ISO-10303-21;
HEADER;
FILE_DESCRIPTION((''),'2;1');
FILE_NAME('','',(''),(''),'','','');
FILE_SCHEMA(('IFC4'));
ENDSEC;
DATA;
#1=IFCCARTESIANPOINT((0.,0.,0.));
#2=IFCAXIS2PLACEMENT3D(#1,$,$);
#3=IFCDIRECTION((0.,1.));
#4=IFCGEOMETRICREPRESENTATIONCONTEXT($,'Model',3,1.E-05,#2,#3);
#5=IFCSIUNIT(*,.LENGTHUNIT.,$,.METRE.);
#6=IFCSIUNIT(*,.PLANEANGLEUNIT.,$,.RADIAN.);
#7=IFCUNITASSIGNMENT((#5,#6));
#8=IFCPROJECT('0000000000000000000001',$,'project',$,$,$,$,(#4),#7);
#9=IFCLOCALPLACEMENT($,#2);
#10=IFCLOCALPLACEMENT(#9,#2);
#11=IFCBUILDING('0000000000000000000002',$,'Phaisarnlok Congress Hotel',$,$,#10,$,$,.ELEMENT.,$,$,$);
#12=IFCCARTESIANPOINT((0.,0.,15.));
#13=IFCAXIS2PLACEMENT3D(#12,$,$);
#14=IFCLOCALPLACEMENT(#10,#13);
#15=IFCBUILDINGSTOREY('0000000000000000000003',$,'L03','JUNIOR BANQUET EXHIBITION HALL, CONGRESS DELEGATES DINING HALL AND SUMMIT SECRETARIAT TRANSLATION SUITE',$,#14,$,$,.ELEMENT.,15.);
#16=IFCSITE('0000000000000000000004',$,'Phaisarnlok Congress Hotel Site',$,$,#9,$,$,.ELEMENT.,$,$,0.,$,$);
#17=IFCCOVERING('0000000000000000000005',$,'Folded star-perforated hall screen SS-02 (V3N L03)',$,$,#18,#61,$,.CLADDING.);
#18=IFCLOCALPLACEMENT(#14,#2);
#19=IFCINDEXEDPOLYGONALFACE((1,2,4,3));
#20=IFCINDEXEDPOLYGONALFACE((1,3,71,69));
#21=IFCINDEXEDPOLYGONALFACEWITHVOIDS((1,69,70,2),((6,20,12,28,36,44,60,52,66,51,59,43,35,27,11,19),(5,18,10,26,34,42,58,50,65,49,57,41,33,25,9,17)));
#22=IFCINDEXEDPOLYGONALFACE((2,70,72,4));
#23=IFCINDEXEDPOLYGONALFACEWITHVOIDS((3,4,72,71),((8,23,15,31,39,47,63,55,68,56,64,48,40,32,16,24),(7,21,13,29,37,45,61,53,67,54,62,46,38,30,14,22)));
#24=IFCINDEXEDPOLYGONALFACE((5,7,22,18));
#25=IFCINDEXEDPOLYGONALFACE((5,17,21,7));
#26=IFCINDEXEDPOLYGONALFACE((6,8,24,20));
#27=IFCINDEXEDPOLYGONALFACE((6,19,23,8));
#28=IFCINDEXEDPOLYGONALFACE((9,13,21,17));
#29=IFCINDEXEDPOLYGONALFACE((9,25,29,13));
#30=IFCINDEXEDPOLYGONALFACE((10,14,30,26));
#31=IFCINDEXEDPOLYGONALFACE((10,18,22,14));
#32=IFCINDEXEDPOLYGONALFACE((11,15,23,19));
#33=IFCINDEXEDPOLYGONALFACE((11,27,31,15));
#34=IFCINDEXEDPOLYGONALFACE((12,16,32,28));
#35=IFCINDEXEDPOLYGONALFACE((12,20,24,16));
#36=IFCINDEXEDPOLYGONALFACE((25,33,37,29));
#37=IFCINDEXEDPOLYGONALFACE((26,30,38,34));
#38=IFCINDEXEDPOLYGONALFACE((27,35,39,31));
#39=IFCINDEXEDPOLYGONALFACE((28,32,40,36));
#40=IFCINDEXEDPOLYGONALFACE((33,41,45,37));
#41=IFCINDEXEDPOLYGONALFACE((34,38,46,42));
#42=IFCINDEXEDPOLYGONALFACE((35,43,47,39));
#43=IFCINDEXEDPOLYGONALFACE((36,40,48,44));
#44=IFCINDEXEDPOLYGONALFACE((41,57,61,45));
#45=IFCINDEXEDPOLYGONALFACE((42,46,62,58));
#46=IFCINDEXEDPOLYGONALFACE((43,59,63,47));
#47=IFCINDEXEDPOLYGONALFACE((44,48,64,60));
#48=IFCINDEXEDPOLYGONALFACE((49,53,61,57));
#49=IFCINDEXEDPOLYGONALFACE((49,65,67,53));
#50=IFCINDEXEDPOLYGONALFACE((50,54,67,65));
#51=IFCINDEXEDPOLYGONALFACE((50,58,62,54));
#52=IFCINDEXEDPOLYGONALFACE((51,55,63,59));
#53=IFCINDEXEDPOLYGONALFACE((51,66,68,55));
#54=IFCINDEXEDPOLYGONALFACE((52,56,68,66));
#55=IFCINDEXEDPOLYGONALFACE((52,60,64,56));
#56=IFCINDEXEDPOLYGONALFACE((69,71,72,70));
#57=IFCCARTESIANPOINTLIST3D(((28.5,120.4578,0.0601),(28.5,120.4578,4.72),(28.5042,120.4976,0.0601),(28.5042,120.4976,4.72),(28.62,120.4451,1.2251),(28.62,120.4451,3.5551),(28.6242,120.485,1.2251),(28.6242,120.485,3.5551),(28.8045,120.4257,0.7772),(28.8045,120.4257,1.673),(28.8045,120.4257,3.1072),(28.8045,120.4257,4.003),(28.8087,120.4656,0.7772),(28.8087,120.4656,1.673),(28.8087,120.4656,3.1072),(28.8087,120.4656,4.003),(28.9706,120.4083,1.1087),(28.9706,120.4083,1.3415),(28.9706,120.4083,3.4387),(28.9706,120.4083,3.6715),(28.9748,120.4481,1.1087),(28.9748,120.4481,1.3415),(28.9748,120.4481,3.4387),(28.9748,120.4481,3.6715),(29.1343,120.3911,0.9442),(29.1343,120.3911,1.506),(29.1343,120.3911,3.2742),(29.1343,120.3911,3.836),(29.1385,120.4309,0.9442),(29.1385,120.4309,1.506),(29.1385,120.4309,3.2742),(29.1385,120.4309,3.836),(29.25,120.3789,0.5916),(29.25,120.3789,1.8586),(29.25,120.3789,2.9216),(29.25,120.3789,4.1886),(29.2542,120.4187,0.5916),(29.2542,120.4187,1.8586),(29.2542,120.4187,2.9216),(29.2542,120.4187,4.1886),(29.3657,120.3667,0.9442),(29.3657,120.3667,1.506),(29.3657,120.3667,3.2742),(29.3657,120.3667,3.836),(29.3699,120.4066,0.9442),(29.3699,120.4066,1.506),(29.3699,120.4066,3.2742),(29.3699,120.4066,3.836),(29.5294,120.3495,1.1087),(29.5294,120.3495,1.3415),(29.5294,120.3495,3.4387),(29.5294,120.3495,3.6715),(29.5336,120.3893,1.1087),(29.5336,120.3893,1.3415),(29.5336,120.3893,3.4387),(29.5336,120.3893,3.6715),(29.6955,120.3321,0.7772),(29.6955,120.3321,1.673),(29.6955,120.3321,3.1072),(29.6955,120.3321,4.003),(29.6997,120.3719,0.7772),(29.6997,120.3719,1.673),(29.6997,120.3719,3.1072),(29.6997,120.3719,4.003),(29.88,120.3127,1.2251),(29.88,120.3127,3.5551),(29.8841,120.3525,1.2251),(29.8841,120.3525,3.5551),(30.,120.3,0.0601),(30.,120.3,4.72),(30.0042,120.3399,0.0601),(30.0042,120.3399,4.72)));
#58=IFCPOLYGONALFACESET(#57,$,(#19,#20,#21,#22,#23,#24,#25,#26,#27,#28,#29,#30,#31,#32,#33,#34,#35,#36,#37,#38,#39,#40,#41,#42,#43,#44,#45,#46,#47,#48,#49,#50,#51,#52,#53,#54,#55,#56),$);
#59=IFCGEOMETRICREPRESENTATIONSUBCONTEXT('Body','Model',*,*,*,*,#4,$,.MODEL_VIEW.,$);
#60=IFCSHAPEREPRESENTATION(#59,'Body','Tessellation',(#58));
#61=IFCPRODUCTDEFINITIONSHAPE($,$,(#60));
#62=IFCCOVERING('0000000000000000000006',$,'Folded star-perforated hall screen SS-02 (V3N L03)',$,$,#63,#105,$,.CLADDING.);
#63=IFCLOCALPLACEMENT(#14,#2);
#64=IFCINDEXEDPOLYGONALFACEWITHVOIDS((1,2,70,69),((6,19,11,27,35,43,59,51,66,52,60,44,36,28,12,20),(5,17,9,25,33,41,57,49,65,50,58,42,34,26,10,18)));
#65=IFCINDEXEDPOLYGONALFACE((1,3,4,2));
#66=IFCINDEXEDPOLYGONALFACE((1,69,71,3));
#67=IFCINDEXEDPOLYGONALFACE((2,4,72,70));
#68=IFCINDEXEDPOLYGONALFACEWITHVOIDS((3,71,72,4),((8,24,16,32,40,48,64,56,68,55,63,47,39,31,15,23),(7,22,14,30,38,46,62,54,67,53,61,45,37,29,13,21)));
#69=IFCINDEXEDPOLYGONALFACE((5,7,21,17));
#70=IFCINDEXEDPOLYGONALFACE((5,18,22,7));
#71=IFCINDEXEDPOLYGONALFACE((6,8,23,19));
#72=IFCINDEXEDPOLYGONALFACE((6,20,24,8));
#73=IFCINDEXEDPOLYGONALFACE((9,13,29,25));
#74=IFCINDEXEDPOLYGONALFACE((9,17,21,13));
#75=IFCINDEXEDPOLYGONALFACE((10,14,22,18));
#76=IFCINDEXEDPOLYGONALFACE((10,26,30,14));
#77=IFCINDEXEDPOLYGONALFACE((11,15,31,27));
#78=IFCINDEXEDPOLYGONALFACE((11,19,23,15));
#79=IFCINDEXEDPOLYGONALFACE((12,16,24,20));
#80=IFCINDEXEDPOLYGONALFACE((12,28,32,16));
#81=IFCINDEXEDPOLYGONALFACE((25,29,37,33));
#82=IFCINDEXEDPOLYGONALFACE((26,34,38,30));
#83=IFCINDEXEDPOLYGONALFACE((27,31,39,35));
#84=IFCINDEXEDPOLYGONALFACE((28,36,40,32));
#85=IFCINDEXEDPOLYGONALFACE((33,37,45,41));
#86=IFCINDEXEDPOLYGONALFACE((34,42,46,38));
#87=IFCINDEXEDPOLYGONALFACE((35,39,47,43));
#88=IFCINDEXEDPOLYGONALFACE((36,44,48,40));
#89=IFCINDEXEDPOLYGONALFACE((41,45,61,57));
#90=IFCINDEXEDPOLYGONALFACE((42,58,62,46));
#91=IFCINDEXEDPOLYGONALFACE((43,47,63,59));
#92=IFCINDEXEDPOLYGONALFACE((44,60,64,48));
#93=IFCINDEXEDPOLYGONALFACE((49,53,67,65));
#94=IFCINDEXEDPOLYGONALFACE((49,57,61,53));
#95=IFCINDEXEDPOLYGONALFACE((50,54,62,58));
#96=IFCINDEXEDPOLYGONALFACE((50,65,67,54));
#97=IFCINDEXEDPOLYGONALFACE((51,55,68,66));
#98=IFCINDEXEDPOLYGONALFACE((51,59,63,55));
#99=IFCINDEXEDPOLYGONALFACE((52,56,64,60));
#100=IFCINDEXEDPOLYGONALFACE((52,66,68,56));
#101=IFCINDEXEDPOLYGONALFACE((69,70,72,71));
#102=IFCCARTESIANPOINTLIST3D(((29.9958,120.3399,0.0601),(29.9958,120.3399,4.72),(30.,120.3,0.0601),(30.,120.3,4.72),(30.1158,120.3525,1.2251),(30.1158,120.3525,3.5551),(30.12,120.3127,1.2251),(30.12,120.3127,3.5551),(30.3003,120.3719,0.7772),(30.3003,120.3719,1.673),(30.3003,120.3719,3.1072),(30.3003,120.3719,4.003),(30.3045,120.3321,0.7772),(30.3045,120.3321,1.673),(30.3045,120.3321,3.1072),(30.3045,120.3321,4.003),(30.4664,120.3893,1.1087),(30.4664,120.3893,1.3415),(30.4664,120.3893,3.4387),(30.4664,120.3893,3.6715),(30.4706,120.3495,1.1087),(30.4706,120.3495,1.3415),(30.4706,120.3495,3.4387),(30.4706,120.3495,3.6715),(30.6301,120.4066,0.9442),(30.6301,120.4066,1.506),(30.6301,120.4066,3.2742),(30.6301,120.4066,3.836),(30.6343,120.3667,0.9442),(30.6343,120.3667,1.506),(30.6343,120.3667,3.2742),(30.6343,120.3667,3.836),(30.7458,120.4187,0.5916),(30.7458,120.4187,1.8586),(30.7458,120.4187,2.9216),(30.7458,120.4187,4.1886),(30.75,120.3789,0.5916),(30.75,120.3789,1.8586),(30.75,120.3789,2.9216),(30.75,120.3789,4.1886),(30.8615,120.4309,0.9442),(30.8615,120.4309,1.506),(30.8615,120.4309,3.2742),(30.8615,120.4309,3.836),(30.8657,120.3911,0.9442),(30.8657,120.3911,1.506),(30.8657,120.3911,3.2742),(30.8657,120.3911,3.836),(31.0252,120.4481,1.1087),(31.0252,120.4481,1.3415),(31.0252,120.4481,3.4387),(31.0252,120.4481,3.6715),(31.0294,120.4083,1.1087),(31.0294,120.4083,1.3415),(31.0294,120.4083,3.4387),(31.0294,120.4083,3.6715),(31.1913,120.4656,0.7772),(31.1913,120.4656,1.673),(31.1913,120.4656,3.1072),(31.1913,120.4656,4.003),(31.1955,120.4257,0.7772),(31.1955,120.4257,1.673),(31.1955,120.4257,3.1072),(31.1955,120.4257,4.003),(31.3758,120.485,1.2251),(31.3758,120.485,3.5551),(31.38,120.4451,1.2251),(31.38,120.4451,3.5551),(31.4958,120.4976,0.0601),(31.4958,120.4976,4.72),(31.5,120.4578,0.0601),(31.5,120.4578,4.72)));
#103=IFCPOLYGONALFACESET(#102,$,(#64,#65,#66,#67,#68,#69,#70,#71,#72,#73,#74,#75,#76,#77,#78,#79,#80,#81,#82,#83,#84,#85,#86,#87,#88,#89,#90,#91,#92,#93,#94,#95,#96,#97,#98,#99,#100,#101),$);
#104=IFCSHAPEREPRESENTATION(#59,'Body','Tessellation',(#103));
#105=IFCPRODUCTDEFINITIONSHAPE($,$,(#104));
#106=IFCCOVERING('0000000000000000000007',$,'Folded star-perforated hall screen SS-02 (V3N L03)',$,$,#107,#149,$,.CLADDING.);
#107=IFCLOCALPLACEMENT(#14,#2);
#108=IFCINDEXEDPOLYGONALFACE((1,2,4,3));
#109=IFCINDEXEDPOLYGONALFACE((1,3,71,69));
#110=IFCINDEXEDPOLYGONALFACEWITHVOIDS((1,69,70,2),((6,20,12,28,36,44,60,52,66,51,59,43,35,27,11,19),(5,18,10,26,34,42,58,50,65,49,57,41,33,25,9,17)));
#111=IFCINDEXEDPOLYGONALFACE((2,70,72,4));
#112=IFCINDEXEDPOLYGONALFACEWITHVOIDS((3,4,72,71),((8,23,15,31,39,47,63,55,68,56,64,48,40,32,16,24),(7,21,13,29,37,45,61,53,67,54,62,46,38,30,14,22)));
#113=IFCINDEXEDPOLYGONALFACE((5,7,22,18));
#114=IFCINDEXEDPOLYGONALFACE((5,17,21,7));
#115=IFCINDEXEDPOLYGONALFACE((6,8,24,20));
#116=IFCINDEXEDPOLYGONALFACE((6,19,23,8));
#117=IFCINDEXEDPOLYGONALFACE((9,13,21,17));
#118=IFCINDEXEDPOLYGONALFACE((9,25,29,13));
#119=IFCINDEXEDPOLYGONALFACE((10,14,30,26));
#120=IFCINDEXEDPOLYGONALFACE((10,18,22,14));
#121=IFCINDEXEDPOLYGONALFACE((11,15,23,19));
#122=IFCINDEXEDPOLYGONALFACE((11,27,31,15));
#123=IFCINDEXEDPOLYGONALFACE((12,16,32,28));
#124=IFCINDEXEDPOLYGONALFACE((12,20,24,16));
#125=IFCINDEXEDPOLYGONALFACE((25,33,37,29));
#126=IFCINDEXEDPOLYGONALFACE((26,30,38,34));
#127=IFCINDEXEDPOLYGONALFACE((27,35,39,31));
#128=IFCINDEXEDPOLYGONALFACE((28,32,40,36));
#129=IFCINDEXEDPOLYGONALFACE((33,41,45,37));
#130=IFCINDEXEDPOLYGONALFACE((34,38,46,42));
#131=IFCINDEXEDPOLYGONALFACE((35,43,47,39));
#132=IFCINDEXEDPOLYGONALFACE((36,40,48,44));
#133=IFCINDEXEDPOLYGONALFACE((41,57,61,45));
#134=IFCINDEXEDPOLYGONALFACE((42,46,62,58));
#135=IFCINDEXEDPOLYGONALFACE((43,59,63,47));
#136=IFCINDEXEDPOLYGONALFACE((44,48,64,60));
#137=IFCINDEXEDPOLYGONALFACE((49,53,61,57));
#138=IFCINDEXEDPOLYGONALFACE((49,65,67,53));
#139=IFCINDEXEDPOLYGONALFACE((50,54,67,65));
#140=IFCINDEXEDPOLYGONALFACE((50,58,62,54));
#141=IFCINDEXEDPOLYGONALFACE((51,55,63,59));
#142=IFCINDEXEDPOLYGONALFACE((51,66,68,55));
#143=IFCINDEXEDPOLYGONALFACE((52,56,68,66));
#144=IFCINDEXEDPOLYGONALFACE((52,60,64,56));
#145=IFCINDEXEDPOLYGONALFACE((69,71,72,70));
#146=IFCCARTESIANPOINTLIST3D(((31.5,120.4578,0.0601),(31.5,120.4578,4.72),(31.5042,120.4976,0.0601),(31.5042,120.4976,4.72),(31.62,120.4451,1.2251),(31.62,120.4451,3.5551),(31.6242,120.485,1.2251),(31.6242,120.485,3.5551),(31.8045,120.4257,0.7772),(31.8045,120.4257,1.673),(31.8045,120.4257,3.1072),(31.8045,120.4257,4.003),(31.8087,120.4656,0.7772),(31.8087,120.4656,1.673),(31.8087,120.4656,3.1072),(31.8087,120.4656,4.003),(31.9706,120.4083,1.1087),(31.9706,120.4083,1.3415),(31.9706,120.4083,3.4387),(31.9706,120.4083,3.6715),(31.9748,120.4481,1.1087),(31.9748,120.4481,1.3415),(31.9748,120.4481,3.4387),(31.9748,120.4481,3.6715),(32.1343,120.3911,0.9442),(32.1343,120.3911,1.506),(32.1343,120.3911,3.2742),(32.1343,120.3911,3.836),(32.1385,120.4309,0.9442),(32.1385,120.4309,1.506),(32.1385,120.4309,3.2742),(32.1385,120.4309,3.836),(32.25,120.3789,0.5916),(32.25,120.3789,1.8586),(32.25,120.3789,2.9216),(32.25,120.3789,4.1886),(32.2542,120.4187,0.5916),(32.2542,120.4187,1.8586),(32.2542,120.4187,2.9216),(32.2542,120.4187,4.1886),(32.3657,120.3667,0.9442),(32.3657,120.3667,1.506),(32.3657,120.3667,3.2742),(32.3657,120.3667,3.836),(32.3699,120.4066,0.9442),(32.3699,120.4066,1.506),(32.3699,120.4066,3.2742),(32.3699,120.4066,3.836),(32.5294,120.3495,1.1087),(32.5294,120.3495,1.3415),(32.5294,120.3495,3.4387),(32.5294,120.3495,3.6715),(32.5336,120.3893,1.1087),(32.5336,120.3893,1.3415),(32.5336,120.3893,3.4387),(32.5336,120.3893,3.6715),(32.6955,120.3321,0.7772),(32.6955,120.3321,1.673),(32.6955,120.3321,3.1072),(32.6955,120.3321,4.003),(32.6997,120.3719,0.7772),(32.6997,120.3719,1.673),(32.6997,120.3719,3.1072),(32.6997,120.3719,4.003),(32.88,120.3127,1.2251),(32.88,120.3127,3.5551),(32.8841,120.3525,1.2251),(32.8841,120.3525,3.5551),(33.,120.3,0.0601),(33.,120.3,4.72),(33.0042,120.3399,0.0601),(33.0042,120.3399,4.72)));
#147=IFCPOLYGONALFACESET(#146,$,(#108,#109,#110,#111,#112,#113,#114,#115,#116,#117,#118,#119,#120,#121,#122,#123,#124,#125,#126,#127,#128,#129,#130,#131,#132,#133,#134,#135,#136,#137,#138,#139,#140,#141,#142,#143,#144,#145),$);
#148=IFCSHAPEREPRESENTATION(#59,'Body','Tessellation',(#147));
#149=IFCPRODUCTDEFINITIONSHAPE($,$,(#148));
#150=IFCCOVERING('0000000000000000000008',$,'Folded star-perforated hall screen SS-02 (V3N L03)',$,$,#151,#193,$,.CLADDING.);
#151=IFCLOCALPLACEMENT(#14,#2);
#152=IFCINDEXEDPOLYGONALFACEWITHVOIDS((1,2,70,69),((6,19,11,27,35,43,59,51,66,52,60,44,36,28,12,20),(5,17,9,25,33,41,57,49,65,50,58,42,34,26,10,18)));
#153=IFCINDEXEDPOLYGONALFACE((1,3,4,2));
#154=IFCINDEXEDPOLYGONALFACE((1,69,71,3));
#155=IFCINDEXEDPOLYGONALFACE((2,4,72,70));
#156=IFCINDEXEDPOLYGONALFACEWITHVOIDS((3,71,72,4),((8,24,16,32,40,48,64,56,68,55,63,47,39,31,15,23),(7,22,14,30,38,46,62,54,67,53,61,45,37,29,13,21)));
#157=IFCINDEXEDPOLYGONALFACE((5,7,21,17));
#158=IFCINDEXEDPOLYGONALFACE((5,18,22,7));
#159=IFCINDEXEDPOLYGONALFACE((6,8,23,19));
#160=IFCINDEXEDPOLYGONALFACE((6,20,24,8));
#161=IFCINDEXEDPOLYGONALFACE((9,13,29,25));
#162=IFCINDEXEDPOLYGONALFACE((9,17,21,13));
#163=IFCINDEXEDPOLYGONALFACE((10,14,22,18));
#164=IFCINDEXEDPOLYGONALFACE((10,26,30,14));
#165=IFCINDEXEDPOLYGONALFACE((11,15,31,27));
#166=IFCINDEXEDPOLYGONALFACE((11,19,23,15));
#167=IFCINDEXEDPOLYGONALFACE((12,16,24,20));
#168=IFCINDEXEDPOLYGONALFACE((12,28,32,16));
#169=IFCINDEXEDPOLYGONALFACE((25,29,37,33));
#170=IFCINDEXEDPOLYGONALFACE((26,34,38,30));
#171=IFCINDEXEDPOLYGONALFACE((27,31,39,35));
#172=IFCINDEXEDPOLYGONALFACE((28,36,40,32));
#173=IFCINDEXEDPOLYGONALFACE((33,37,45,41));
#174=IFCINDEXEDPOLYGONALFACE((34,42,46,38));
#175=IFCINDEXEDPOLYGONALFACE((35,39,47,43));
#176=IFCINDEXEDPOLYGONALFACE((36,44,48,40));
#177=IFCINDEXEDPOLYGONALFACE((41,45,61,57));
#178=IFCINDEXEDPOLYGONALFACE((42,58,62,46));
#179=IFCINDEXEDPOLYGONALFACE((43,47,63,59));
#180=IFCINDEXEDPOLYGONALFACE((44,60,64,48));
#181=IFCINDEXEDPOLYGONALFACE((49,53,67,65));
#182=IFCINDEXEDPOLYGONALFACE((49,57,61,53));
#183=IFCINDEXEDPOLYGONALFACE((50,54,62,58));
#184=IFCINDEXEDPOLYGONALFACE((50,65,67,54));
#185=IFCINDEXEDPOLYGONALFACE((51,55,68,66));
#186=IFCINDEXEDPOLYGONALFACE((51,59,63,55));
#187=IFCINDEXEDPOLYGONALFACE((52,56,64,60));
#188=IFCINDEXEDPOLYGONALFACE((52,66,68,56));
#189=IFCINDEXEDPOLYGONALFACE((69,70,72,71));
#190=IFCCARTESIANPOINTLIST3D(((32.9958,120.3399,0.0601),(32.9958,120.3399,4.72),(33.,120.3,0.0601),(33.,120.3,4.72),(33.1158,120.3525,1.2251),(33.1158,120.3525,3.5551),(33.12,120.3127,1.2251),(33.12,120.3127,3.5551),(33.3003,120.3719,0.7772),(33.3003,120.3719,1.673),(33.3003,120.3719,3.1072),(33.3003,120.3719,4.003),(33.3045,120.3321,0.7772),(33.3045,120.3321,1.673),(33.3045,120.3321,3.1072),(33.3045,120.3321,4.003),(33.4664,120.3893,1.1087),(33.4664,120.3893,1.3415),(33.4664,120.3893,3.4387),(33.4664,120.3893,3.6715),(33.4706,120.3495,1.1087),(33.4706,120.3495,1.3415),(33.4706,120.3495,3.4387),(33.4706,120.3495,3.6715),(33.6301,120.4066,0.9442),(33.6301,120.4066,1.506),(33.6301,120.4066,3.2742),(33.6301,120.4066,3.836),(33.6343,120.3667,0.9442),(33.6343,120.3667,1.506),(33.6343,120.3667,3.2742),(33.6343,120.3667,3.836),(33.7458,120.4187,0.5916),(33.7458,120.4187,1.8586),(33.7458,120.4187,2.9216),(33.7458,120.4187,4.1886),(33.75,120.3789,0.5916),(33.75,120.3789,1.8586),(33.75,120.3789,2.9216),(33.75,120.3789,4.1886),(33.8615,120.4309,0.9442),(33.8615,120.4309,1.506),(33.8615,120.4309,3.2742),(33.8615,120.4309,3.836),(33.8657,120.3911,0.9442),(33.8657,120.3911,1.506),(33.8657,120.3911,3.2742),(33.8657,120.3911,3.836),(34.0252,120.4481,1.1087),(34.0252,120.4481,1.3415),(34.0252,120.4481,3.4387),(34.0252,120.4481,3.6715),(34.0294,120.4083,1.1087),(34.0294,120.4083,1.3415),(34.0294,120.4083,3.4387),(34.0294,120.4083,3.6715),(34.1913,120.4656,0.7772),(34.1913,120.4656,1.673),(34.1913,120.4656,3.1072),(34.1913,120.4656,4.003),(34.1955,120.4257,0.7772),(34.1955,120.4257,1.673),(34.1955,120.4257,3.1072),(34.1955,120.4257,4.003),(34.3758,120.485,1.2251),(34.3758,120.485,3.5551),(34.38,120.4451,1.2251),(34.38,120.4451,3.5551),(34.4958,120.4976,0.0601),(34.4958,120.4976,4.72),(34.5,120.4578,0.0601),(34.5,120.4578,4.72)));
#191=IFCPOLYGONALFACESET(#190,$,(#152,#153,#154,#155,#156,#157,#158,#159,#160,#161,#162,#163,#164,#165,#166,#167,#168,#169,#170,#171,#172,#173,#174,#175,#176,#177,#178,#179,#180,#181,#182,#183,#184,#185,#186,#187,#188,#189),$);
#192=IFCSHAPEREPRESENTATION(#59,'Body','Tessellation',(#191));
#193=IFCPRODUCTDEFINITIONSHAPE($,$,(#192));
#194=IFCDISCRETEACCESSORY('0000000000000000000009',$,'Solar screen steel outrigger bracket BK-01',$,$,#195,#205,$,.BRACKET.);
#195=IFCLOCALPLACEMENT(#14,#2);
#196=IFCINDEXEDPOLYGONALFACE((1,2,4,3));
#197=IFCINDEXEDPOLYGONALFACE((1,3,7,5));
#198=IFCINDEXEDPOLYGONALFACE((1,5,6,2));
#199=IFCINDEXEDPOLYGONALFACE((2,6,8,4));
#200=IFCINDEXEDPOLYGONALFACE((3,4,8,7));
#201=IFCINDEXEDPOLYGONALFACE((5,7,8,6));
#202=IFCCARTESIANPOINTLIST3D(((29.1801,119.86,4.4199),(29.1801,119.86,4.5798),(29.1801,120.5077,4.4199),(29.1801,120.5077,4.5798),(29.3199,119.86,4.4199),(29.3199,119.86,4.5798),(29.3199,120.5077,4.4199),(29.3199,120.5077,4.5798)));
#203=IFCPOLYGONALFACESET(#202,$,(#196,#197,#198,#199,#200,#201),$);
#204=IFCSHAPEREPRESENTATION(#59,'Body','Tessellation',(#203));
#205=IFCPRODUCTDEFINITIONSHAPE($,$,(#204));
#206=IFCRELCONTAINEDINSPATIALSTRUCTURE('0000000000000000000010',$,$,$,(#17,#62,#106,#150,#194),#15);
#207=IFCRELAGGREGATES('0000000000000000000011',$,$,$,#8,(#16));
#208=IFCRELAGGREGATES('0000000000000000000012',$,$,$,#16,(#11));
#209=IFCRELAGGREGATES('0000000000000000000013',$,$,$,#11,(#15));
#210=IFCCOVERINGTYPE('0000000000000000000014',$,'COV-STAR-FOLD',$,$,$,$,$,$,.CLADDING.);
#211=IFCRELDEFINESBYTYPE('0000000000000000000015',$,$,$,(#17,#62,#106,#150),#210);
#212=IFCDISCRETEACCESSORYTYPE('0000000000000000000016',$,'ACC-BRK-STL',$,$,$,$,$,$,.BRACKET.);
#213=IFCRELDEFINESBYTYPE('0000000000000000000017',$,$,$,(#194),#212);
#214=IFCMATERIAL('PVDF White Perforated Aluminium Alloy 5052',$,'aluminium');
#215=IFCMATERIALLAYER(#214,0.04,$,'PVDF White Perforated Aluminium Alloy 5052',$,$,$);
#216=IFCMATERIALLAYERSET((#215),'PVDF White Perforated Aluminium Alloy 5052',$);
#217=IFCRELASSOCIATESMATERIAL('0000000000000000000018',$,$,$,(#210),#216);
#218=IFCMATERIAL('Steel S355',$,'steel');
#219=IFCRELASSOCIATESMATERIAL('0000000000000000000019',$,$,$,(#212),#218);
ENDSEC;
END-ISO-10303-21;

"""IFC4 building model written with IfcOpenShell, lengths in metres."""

from ifc_helpers import new_model, si_unit, direction, frame, origin, origin_2d, place, context, subcontext, project, spatial, polyline, rectangle, outline, extrude, material, layer, layer_set, type_object, element, save


model = new_model("IFC4")

# Units and contexts
model_context = context("Model", 3, precision=1e-05, world=origin(), true_north=direction((0.0, 1.0)))
body_context = subcontext(model_context, "Body", "Model", "MODEL_VIEW")
ifc_project = project(units=[si_unit("LENGTHUNIT", "METRE"), si_unit("PLANEANGLEUNIT", "RADIAN")], contexts=[model_context])

# Site, building, storey
site_placement = place(None, origin())
site = spatial("IfcSite", under=ifc_project, at=site_placement, Name="Phaisarnlok Congress Hotel Site", CompositionType="ELEMENT", RefElevation=0.0)
building_placement = place(site_placement, origin())
building = spatial("IfcBuilding", under=site, at=building_placement, Name="Phaisarnlok Congress Hotel", CompositionType="ELEMENT")
storey_placement = place(building_placement, frame((0.0, 0.0, 15.0)))
storey = spatial("IfcBuildingStorey", under=building, at=storey_placement, Name="L03", Description="JUNIOR BANQUET EXHIBITION HALL, CONGRESS DELEGATES DINING HALL AND SUMMIT SECRETARIAT TRANSLATION SUITE", CompositionType="ELEMENT", Elevation=15.0)

# Shared definitions
ifc_material_1 = material(Name="Steel S355", Category="steel")

# Coverings
ifc_material_2 = material(Name="PVDF White Perforated Aluminium Alloy 5052", Category="aluminium")
ifc_layer_1 = layer(ifc_material_2, 0.04, Name="PVDF White Perforated Aluminium Alloy 5052")
ifc_layer_set_1 = layer_set([ifc_layer_1], Name="PVDF White Perforated Aluminium Alloy 5052")
covering_type = type_object("IfcCoveringType", Name="COV-STAR-FOLD", PredefinedType="CLADDING", material=ifc_layer_set_1)
for number, where, z_axis, x_axis, name in (
    (1, (30.0, 120.3, 0.0601), (0.104567, 0.994518, 0.0), (-0.994518, 0.104567, 0.0), "Folded star-perforated hall screen SS-02 (V3N L03)"),
    (2, (31.5, 120.4578, 0.0601), (-0.104567, 0.994518, 0.0), (-0.994518, -0.104567, 0.0), "Folded star-perforated hall screen SS-02 (V3N L03)"),
    (3, (33.0, 120.3, 0.0601), (0.104567, 0.994518, 0.0), (-0.994518, 0.104567, 0.0), "Folded star-perforated hall screen SS-02 (V3N L03)"),
    (4, (34.5, 120.4578, 0.0601), (-0.104567, 0.994518, 0.0), (-0.994518, -0.104567, 0.0), "Folded star-perforated hall screen SS-02 (V3N L03)"),
):
    element("IfcCovering", number, at=place(storey_placement, frame(where, z_axis=z_axis, x_axis=x_axis)), inside=storey, type_object=covering_type, Name=name, PredefinedType="CLADDING", context=body_context, shape_type="SweptSolid", body=[
        extrude(outline(polyline([(0.0, 0.0), (1.5083, 0.0), (1.5083, 4.6599), (0.0, 4.6599), (0.0, 0.0)]), holes=[polyline([(1.0351, 1.0486), (1.2021, 0.7171), (0.8705, 0.8841), (0.7541, 0.5315), (0.6378, 0.8841), (0.3062, 0.7171), (0.4732, 1.0486), (0.1207, 1.165), (0.4732, 1.2814), (0.3062, 1.6129), (0.6378, 1.4459), (0.7541, 1.7985), (0.8705, 1.4459), (1.2021, 1.6129), (1.0351, 1.2814), (1.3876, 1.165), (1.0351, 1.0486)]), polyline([(1.0351, 3.3786), (1.2021, 3.0471), (0.8705, 3.2141), (0.7541, 2.8615), (0.6378, 3.2141), (0.3062, 3.0471), (0.4732, 3.3786), (0.1207, 3.495), (0.4732, 3.6114), (0.3062, 3.9429), (0.6378, 3.7759), (0.7541, 4.1285), (0.8705, 3.7759), (1.2021, 3.9429), (1.0351, 3.6114), (1.3876, 3.495), (1.0351, 3.3786)])]), origin(), (0.0, 0.0, 1.0), 0.04),
    ])

# Discrete accessory
discrete_accessory_type = type_object("IfcDiscreteAccessoryType", Name="ACC-BRK-STL", PredefinedType="BRACKET", material=ifc_material_1)
for number, where, z_axis, x_axis, name in (
    (5, (29.25, 120.1838, 4.4199), (0.0, 0.0, 1.0), (1.0, 0.0, 0.0), "Solar screen steel outrigger bracket BK-01"),
):
    element("IfcDiscreteAccessory", number, at=place(storey_placement, frame(where, z_axis=z_axis, x_axis=x_axis)), inside=storey, type_object=discrete_accessory_type, Name=name, PredefinedType="BRACKET", context=body_context, shape_type="SweptSolid", body=[
        extrude(rectangle(XDim=0.1399, YDim=0.6477, at=origin_2d()), origin(), (0.0, 0.0, 1.0), 0.1599),
    ])

save(model, "model.ifc")
